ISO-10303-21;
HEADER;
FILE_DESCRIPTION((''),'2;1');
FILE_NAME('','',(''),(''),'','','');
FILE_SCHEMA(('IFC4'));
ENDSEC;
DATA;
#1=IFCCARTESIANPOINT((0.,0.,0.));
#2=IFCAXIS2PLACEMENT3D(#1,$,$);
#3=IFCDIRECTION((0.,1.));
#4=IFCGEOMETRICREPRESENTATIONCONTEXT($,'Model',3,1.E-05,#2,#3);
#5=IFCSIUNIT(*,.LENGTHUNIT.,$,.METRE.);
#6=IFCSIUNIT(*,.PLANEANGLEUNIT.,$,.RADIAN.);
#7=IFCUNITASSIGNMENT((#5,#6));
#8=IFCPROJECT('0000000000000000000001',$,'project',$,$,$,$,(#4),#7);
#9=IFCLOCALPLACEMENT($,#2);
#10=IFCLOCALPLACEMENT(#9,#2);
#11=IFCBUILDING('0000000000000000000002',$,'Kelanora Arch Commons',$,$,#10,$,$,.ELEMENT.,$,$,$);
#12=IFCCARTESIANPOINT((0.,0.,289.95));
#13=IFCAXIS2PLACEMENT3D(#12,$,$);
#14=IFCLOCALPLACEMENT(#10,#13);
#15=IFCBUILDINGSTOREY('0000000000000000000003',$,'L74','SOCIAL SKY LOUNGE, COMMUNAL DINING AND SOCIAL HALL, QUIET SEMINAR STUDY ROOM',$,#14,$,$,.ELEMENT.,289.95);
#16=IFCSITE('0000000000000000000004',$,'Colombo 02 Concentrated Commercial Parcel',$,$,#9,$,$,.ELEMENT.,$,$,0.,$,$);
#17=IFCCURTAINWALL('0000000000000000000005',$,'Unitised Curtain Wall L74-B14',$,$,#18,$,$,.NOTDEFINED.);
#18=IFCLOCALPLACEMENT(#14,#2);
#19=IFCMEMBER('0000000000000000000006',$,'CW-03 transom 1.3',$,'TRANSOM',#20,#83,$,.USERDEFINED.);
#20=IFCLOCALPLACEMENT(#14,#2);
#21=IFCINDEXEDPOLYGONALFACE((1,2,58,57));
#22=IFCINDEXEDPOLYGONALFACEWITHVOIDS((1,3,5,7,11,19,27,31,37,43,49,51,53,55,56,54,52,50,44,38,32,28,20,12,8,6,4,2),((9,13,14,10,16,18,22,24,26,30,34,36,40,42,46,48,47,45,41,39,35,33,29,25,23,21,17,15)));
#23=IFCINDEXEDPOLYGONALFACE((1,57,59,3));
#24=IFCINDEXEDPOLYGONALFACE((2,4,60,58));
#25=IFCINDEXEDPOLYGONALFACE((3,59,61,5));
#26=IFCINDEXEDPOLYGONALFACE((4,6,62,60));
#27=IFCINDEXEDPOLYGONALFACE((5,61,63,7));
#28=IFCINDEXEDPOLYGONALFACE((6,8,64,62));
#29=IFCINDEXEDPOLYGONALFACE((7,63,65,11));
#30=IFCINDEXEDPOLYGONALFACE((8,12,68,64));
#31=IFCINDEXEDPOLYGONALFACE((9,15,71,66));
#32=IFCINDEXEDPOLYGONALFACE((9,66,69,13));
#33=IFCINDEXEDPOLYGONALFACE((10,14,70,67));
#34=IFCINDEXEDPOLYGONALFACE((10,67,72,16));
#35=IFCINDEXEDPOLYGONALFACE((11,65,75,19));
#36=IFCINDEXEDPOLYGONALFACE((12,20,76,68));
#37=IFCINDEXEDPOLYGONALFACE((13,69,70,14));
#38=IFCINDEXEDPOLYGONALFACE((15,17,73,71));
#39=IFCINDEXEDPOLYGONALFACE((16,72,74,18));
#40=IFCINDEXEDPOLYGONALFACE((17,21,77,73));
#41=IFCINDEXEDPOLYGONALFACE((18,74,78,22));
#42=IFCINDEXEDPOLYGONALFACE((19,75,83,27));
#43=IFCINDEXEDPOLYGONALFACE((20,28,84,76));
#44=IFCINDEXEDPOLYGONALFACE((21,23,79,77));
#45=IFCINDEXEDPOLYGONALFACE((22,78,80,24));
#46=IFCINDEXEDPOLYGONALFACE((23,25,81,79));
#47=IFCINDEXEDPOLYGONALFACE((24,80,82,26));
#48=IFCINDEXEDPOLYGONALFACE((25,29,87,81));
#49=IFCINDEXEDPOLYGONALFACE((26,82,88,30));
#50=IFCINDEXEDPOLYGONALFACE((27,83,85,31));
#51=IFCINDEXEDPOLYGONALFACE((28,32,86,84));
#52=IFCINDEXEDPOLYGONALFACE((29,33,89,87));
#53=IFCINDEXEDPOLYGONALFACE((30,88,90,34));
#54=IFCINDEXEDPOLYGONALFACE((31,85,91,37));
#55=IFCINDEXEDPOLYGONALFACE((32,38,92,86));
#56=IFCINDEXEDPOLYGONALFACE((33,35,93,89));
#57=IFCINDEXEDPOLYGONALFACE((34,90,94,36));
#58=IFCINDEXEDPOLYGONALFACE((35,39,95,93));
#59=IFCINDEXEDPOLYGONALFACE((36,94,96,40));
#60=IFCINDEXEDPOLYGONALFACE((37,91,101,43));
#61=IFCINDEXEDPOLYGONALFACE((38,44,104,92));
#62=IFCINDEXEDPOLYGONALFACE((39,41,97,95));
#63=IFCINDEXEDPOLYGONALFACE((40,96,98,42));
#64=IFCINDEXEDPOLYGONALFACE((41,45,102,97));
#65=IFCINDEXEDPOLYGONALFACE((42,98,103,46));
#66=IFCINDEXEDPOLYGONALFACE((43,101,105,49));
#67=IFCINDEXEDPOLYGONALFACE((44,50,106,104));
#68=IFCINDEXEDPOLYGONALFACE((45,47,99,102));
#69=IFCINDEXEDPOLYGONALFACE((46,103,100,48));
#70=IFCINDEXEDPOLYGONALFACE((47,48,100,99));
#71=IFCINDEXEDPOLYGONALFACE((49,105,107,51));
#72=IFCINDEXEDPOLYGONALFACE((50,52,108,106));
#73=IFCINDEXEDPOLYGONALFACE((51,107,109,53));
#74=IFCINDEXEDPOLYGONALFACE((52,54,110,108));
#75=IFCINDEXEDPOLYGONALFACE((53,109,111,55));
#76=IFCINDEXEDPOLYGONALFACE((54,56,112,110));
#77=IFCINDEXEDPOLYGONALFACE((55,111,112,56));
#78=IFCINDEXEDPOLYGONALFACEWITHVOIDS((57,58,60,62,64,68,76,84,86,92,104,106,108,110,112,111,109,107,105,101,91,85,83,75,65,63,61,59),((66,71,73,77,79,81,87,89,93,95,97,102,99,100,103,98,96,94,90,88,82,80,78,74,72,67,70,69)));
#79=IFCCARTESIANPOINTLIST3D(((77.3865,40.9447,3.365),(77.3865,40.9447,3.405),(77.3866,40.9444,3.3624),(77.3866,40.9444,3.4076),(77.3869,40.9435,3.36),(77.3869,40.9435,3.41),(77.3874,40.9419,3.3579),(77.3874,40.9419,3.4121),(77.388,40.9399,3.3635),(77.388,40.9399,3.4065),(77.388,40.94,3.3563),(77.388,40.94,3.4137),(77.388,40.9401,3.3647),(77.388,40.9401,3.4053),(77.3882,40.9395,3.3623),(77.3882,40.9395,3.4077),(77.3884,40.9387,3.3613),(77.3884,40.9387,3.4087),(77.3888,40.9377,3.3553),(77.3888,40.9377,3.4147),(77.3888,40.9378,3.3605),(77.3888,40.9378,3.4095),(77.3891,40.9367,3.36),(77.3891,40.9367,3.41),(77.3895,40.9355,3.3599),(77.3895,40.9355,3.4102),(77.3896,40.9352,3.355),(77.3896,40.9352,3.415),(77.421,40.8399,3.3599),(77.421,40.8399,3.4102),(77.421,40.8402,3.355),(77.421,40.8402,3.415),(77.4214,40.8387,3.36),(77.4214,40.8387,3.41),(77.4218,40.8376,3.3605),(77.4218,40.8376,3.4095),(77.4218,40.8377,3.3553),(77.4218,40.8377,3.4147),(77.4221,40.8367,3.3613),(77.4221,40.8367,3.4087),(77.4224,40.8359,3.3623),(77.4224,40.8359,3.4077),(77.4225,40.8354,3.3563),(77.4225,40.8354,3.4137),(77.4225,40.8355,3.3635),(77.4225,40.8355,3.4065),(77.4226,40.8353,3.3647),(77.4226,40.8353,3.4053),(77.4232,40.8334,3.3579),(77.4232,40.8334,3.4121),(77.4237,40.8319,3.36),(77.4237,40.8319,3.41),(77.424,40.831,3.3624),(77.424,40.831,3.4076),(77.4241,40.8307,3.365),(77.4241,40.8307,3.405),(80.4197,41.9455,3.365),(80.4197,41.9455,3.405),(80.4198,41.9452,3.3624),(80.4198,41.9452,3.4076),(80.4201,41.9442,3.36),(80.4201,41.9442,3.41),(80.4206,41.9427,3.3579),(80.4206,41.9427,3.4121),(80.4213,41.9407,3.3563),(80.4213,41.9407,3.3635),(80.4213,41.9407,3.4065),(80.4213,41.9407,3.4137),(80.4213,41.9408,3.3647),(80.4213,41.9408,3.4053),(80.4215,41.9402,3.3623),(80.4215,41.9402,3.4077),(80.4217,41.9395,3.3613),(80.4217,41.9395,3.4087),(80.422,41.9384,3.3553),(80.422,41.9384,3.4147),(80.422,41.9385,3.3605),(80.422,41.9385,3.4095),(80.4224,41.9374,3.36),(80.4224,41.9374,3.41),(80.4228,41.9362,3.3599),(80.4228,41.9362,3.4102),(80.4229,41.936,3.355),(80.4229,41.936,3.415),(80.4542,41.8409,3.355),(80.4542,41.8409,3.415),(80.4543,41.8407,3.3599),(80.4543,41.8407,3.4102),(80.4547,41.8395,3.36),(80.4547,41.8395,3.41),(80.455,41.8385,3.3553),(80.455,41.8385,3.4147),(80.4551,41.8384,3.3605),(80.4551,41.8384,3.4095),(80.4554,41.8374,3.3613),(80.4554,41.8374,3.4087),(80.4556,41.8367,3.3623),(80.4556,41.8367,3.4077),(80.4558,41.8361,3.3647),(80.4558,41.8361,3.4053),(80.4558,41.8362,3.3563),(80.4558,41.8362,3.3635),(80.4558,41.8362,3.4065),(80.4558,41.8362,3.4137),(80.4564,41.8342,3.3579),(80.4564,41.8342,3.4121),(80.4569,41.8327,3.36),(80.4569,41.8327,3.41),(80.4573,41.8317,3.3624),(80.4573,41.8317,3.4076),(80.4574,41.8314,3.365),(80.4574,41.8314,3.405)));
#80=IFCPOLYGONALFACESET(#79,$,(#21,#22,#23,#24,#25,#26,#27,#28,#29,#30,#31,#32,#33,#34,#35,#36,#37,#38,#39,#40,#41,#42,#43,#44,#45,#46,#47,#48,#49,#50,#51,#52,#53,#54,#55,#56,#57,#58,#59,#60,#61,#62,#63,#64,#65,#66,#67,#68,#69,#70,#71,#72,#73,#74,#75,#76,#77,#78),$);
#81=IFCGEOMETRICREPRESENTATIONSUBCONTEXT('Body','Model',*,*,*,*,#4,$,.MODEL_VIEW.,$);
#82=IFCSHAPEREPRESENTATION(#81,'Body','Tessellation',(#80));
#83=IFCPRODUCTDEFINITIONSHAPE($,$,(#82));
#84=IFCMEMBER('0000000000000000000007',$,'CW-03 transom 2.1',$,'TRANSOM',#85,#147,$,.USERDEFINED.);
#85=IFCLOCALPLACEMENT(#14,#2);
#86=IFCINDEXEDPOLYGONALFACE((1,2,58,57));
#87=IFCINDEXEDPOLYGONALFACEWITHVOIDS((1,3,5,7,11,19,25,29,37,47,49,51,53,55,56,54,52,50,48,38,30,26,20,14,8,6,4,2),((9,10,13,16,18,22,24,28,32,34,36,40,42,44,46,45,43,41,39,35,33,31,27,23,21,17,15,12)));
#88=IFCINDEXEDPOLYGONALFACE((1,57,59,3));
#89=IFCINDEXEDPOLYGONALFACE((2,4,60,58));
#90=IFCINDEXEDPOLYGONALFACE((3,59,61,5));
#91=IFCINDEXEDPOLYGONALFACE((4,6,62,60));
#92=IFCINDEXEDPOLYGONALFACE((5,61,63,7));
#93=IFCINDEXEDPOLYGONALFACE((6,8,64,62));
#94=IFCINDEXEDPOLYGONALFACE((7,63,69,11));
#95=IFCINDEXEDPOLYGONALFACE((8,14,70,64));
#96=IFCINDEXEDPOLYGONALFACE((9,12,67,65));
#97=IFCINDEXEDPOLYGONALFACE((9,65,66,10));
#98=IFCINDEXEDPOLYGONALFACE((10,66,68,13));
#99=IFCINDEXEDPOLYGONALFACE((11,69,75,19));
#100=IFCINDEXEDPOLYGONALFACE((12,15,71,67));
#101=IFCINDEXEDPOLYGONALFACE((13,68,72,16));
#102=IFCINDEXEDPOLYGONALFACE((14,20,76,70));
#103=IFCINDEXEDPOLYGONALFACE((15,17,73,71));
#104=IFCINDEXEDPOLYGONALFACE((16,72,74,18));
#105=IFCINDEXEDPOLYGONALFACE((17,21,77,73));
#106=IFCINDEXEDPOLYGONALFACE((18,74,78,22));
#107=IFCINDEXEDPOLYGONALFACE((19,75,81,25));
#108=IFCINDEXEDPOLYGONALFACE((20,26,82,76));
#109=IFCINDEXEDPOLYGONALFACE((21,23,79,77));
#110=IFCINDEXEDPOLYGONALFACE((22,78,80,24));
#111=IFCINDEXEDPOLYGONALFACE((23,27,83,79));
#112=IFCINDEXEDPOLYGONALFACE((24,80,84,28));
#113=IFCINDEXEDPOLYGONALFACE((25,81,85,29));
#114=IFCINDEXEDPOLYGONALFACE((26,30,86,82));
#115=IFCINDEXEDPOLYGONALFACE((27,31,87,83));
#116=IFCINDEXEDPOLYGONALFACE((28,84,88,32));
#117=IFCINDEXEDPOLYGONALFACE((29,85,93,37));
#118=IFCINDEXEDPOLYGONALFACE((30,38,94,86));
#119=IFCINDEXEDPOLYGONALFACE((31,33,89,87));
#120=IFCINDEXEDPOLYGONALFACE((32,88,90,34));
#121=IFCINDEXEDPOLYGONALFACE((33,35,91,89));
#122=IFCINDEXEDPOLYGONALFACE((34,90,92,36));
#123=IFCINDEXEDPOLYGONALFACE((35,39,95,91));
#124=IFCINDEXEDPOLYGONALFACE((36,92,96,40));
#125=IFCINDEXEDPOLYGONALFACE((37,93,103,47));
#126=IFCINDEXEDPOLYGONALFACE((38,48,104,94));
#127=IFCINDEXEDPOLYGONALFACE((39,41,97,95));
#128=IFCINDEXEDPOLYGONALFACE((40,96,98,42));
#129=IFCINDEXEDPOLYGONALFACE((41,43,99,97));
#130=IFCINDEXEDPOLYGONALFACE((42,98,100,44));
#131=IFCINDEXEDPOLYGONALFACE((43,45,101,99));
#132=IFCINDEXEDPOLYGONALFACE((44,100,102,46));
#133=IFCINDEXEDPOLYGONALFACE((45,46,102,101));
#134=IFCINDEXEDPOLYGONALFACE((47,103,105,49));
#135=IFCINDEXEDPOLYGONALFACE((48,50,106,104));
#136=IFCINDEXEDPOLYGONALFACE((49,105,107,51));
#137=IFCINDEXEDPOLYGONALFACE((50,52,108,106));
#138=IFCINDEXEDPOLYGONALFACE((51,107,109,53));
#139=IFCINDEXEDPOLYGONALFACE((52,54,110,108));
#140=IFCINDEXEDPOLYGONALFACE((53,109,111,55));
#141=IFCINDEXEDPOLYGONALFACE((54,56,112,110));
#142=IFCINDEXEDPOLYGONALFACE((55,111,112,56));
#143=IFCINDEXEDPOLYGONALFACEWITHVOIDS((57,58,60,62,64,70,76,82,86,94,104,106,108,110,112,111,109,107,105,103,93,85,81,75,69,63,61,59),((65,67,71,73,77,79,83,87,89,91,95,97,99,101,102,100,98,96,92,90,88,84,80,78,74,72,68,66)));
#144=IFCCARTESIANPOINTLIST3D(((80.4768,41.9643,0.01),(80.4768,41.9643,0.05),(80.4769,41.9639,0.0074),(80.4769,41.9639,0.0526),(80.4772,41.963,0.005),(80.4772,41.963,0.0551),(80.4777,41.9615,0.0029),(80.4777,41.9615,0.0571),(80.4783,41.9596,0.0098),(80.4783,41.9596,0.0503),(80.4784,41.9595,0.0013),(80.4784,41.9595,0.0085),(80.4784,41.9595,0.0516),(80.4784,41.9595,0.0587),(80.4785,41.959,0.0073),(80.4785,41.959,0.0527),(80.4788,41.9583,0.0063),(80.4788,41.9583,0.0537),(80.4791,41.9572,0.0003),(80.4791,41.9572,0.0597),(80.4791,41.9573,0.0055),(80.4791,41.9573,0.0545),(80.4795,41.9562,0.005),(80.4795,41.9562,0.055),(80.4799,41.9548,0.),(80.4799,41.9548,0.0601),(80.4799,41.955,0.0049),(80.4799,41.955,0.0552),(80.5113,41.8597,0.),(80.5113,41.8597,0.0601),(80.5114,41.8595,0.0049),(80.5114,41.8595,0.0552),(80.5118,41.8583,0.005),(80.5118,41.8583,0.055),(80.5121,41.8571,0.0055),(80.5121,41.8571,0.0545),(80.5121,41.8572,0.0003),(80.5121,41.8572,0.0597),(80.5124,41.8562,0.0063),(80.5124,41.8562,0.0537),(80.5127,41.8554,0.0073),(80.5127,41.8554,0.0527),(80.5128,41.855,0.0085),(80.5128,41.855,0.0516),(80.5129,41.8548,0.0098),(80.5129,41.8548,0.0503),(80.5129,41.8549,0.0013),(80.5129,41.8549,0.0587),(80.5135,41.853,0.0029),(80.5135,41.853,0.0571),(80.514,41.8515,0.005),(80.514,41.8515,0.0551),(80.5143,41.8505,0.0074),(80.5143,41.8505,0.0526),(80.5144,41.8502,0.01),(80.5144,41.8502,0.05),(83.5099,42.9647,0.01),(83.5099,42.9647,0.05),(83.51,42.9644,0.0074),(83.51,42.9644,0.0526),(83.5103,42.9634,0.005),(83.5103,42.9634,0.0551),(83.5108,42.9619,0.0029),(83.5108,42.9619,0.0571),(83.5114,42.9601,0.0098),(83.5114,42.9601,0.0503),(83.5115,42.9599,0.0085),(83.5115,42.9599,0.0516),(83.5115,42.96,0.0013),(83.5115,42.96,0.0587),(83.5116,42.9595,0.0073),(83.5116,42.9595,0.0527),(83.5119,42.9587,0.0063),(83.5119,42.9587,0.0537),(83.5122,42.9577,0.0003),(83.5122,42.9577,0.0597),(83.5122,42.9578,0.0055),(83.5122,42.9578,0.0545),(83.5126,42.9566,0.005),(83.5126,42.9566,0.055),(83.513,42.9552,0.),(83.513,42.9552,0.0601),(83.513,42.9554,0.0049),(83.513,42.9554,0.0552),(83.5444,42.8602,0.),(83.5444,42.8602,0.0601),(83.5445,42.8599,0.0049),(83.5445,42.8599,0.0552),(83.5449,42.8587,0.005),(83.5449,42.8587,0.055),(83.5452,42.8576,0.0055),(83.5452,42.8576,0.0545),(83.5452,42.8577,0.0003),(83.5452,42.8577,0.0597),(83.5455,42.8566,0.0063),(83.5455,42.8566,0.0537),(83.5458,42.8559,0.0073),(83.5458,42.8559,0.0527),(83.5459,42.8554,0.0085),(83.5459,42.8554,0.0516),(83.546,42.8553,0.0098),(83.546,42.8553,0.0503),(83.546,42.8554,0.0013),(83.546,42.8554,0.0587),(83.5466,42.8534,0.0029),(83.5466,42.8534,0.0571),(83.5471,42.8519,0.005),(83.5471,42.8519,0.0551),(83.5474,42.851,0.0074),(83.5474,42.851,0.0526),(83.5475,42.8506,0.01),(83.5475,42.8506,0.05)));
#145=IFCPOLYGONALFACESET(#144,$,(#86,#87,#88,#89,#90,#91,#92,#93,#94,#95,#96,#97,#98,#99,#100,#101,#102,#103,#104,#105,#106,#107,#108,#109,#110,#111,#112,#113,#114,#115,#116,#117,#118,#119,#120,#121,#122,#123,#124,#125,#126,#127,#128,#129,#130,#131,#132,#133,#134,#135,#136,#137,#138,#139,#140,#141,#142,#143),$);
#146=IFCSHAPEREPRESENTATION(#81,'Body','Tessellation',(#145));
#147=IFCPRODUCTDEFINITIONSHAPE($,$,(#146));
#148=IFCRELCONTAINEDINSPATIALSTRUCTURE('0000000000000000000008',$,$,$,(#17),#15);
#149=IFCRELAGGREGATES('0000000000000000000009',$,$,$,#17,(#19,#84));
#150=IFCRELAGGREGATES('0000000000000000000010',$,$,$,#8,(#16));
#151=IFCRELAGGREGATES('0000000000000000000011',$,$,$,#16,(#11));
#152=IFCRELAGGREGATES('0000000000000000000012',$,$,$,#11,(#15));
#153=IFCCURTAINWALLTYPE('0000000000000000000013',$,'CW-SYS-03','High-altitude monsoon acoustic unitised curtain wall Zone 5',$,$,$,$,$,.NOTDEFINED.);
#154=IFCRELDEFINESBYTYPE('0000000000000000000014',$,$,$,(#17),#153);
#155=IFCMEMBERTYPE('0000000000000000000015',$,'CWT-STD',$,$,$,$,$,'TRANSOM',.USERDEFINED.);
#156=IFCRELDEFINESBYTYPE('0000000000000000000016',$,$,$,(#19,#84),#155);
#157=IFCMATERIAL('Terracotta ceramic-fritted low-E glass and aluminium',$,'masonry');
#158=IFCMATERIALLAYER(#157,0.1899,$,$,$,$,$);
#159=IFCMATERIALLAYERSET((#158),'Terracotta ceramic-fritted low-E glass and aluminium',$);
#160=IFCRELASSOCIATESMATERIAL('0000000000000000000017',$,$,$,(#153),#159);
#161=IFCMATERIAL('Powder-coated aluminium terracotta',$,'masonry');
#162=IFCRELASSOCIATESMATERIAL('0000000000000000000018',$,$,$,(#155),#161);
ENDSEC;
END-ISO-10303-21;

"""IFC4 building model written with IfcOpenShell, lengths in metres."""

from ifc_helpers import new_model, si_unit, direction, frame, origin, origin_2d, place, context, subcontext, project, spatial, hollow_rectangle, extrude, material, layer, layer_set, material_profile, profile_set, type_object, element, aggregate, save


model = new_model("IFC4")

# Units and contexts
model_context = context("Model", 3, precision=1e-05, world=origin(), true_north=direction((0.0, 1.0)))
body_context = subcontext(model_context, "Body", "Model", "MODEL_VIEW")
ifc_project = project(units=[si_unit("LENGTHUNIT", "METRE"), si_unit("PLANEANGLEUNIT", "RADIAN")], contexts=[model_context])

# Site, building, storey
site_placement = place(None, origin())
site = spatial("IfcSite", under=ifc_project, at=site_placement, Name="Colombo 02 Concentrated Commercial Parcel", CompositionType="ELEMENT", RefElevation=0.0)
building_placement = place(site_placement, origin())
building = spatial("IfcBuilding", under=site, at=building_placement, Name="Kelanora Arch Commons", CompositionType="ELEMENT")
storey_placement = place(building_placement, frame((0.0, 0.0, 289.95)))
storey = spatial("IfcBuildingStorey", under=building, at=storey_placement, Name="L74", Description="SOCIAL SKY LOUNGE, COMMUNAL DINING AND SOCIAL HALL, QUIET SEMINAR STUDY ROOM", CompositionType="ELEMENT", Elevation=289.95)

# Curtain wall, members
ifc_material_1 = material(Name="Terracotta ceramic-fritted low-E glass and aluminium", Category="masonry")
ifc_layer_1 = layer(ifc_material_1, 0.1899)
ifc_layer_set_1 = layer_set([ifc_layer_1], Name="Terracotta ceramic-fritted low-E glass and aluminium")
curtain_wall_type = type_object("IfcCurtainWallType", Name="CW-SYS-03", Description="High-altitude monsoon acoustic unitised curtain wall Zone 5", PredefinedType="NOTDEFINED", material=ifc_layer_set_1)
curtain_wall_placement = place(storey_placement, origin())
curtain_wall = element("IfcCurtainWall", 1, at=curtain_wall_placement, inside=storey, type_object=curtain_wall_type, Name="Unitised Curtain Wall L74-B14", PredefinedType="NOTDEFINED")
ifc_material_2 = material(Name="Powder-coated aluminium terracotta", Category="masonry")
ifc_material_profile_1 = material_profile(ifc_material_2, hollow_rectangle(XDim=0.1201, YDim=0.0601, WallThickness=0.0049, InnerFilletRadius=0.0049, OuterFilletRadius=0.01, at=origin_2d()), Name="CWT120x60")
ifc_profile_set_1 = profile_set([ifc_material_profile_1], Name="Powder-coated aluminium terracotta")
member_type_1 = type_object("IfcMemberType", Name="CWT-STD", ElementType="TRANSOM", PredefinedType="USERDEFINED", material=ifc_profile_set_1)
member_1_placement = place(storey_placement, frame((77.4053, 40.8877, 3.385), z_axis=(0.94965, 0.313314, 0.0), x_axis=(-0.313314, 0.94965, 0.0)))
member_1 = element("IfcMember", 2, at=member_1_placement, type_object=member_type_1, Name="CW-03 transom 1.3", ObjectType="TRANSOM", PredefinedType="USERDEFINED", context=body_context, shape_type="SweptSolid", body=[
    extrude(hollow_rectangle(XDim=0.1201, YDim=0.0601, WallThickness=0.0049, InnerFilletRadius=0.0049, OuterFilletRadius=0.01, at=origin_2d()), origin(), (0.0, 0.0, 1.0), 3.1941),
])
member_2_placement = place(storey_placement, frame((80.4956, 41.9072, 0.03), z_axis=(0.949672, 0.313245, 0.0), x_axis=(-0.313245, 0.949672, 0.0)))
member_2 = element("IfcMember", 3, at=member_2_placement, type_object=member_type_1, Name="CW-03 transom 2.1", ObjectType="TRANSOM", PredefinedType="USERDEFINED", context=body_context, shape_type="SweptSolid", body=[
    extrude(hollow_rectangle(XDim=0.1201, YDim=0.0601, WallThickness=0.0049, InnerFilletRadius=0.0049, OuterFilletRadius=0.01, at=origin_2d()), origin(), (0.0, 0.0, 1.0), 3.1938),
])
aggregate(curtain_wall, [member_1, member_2])

save(model, "model.ifc")
